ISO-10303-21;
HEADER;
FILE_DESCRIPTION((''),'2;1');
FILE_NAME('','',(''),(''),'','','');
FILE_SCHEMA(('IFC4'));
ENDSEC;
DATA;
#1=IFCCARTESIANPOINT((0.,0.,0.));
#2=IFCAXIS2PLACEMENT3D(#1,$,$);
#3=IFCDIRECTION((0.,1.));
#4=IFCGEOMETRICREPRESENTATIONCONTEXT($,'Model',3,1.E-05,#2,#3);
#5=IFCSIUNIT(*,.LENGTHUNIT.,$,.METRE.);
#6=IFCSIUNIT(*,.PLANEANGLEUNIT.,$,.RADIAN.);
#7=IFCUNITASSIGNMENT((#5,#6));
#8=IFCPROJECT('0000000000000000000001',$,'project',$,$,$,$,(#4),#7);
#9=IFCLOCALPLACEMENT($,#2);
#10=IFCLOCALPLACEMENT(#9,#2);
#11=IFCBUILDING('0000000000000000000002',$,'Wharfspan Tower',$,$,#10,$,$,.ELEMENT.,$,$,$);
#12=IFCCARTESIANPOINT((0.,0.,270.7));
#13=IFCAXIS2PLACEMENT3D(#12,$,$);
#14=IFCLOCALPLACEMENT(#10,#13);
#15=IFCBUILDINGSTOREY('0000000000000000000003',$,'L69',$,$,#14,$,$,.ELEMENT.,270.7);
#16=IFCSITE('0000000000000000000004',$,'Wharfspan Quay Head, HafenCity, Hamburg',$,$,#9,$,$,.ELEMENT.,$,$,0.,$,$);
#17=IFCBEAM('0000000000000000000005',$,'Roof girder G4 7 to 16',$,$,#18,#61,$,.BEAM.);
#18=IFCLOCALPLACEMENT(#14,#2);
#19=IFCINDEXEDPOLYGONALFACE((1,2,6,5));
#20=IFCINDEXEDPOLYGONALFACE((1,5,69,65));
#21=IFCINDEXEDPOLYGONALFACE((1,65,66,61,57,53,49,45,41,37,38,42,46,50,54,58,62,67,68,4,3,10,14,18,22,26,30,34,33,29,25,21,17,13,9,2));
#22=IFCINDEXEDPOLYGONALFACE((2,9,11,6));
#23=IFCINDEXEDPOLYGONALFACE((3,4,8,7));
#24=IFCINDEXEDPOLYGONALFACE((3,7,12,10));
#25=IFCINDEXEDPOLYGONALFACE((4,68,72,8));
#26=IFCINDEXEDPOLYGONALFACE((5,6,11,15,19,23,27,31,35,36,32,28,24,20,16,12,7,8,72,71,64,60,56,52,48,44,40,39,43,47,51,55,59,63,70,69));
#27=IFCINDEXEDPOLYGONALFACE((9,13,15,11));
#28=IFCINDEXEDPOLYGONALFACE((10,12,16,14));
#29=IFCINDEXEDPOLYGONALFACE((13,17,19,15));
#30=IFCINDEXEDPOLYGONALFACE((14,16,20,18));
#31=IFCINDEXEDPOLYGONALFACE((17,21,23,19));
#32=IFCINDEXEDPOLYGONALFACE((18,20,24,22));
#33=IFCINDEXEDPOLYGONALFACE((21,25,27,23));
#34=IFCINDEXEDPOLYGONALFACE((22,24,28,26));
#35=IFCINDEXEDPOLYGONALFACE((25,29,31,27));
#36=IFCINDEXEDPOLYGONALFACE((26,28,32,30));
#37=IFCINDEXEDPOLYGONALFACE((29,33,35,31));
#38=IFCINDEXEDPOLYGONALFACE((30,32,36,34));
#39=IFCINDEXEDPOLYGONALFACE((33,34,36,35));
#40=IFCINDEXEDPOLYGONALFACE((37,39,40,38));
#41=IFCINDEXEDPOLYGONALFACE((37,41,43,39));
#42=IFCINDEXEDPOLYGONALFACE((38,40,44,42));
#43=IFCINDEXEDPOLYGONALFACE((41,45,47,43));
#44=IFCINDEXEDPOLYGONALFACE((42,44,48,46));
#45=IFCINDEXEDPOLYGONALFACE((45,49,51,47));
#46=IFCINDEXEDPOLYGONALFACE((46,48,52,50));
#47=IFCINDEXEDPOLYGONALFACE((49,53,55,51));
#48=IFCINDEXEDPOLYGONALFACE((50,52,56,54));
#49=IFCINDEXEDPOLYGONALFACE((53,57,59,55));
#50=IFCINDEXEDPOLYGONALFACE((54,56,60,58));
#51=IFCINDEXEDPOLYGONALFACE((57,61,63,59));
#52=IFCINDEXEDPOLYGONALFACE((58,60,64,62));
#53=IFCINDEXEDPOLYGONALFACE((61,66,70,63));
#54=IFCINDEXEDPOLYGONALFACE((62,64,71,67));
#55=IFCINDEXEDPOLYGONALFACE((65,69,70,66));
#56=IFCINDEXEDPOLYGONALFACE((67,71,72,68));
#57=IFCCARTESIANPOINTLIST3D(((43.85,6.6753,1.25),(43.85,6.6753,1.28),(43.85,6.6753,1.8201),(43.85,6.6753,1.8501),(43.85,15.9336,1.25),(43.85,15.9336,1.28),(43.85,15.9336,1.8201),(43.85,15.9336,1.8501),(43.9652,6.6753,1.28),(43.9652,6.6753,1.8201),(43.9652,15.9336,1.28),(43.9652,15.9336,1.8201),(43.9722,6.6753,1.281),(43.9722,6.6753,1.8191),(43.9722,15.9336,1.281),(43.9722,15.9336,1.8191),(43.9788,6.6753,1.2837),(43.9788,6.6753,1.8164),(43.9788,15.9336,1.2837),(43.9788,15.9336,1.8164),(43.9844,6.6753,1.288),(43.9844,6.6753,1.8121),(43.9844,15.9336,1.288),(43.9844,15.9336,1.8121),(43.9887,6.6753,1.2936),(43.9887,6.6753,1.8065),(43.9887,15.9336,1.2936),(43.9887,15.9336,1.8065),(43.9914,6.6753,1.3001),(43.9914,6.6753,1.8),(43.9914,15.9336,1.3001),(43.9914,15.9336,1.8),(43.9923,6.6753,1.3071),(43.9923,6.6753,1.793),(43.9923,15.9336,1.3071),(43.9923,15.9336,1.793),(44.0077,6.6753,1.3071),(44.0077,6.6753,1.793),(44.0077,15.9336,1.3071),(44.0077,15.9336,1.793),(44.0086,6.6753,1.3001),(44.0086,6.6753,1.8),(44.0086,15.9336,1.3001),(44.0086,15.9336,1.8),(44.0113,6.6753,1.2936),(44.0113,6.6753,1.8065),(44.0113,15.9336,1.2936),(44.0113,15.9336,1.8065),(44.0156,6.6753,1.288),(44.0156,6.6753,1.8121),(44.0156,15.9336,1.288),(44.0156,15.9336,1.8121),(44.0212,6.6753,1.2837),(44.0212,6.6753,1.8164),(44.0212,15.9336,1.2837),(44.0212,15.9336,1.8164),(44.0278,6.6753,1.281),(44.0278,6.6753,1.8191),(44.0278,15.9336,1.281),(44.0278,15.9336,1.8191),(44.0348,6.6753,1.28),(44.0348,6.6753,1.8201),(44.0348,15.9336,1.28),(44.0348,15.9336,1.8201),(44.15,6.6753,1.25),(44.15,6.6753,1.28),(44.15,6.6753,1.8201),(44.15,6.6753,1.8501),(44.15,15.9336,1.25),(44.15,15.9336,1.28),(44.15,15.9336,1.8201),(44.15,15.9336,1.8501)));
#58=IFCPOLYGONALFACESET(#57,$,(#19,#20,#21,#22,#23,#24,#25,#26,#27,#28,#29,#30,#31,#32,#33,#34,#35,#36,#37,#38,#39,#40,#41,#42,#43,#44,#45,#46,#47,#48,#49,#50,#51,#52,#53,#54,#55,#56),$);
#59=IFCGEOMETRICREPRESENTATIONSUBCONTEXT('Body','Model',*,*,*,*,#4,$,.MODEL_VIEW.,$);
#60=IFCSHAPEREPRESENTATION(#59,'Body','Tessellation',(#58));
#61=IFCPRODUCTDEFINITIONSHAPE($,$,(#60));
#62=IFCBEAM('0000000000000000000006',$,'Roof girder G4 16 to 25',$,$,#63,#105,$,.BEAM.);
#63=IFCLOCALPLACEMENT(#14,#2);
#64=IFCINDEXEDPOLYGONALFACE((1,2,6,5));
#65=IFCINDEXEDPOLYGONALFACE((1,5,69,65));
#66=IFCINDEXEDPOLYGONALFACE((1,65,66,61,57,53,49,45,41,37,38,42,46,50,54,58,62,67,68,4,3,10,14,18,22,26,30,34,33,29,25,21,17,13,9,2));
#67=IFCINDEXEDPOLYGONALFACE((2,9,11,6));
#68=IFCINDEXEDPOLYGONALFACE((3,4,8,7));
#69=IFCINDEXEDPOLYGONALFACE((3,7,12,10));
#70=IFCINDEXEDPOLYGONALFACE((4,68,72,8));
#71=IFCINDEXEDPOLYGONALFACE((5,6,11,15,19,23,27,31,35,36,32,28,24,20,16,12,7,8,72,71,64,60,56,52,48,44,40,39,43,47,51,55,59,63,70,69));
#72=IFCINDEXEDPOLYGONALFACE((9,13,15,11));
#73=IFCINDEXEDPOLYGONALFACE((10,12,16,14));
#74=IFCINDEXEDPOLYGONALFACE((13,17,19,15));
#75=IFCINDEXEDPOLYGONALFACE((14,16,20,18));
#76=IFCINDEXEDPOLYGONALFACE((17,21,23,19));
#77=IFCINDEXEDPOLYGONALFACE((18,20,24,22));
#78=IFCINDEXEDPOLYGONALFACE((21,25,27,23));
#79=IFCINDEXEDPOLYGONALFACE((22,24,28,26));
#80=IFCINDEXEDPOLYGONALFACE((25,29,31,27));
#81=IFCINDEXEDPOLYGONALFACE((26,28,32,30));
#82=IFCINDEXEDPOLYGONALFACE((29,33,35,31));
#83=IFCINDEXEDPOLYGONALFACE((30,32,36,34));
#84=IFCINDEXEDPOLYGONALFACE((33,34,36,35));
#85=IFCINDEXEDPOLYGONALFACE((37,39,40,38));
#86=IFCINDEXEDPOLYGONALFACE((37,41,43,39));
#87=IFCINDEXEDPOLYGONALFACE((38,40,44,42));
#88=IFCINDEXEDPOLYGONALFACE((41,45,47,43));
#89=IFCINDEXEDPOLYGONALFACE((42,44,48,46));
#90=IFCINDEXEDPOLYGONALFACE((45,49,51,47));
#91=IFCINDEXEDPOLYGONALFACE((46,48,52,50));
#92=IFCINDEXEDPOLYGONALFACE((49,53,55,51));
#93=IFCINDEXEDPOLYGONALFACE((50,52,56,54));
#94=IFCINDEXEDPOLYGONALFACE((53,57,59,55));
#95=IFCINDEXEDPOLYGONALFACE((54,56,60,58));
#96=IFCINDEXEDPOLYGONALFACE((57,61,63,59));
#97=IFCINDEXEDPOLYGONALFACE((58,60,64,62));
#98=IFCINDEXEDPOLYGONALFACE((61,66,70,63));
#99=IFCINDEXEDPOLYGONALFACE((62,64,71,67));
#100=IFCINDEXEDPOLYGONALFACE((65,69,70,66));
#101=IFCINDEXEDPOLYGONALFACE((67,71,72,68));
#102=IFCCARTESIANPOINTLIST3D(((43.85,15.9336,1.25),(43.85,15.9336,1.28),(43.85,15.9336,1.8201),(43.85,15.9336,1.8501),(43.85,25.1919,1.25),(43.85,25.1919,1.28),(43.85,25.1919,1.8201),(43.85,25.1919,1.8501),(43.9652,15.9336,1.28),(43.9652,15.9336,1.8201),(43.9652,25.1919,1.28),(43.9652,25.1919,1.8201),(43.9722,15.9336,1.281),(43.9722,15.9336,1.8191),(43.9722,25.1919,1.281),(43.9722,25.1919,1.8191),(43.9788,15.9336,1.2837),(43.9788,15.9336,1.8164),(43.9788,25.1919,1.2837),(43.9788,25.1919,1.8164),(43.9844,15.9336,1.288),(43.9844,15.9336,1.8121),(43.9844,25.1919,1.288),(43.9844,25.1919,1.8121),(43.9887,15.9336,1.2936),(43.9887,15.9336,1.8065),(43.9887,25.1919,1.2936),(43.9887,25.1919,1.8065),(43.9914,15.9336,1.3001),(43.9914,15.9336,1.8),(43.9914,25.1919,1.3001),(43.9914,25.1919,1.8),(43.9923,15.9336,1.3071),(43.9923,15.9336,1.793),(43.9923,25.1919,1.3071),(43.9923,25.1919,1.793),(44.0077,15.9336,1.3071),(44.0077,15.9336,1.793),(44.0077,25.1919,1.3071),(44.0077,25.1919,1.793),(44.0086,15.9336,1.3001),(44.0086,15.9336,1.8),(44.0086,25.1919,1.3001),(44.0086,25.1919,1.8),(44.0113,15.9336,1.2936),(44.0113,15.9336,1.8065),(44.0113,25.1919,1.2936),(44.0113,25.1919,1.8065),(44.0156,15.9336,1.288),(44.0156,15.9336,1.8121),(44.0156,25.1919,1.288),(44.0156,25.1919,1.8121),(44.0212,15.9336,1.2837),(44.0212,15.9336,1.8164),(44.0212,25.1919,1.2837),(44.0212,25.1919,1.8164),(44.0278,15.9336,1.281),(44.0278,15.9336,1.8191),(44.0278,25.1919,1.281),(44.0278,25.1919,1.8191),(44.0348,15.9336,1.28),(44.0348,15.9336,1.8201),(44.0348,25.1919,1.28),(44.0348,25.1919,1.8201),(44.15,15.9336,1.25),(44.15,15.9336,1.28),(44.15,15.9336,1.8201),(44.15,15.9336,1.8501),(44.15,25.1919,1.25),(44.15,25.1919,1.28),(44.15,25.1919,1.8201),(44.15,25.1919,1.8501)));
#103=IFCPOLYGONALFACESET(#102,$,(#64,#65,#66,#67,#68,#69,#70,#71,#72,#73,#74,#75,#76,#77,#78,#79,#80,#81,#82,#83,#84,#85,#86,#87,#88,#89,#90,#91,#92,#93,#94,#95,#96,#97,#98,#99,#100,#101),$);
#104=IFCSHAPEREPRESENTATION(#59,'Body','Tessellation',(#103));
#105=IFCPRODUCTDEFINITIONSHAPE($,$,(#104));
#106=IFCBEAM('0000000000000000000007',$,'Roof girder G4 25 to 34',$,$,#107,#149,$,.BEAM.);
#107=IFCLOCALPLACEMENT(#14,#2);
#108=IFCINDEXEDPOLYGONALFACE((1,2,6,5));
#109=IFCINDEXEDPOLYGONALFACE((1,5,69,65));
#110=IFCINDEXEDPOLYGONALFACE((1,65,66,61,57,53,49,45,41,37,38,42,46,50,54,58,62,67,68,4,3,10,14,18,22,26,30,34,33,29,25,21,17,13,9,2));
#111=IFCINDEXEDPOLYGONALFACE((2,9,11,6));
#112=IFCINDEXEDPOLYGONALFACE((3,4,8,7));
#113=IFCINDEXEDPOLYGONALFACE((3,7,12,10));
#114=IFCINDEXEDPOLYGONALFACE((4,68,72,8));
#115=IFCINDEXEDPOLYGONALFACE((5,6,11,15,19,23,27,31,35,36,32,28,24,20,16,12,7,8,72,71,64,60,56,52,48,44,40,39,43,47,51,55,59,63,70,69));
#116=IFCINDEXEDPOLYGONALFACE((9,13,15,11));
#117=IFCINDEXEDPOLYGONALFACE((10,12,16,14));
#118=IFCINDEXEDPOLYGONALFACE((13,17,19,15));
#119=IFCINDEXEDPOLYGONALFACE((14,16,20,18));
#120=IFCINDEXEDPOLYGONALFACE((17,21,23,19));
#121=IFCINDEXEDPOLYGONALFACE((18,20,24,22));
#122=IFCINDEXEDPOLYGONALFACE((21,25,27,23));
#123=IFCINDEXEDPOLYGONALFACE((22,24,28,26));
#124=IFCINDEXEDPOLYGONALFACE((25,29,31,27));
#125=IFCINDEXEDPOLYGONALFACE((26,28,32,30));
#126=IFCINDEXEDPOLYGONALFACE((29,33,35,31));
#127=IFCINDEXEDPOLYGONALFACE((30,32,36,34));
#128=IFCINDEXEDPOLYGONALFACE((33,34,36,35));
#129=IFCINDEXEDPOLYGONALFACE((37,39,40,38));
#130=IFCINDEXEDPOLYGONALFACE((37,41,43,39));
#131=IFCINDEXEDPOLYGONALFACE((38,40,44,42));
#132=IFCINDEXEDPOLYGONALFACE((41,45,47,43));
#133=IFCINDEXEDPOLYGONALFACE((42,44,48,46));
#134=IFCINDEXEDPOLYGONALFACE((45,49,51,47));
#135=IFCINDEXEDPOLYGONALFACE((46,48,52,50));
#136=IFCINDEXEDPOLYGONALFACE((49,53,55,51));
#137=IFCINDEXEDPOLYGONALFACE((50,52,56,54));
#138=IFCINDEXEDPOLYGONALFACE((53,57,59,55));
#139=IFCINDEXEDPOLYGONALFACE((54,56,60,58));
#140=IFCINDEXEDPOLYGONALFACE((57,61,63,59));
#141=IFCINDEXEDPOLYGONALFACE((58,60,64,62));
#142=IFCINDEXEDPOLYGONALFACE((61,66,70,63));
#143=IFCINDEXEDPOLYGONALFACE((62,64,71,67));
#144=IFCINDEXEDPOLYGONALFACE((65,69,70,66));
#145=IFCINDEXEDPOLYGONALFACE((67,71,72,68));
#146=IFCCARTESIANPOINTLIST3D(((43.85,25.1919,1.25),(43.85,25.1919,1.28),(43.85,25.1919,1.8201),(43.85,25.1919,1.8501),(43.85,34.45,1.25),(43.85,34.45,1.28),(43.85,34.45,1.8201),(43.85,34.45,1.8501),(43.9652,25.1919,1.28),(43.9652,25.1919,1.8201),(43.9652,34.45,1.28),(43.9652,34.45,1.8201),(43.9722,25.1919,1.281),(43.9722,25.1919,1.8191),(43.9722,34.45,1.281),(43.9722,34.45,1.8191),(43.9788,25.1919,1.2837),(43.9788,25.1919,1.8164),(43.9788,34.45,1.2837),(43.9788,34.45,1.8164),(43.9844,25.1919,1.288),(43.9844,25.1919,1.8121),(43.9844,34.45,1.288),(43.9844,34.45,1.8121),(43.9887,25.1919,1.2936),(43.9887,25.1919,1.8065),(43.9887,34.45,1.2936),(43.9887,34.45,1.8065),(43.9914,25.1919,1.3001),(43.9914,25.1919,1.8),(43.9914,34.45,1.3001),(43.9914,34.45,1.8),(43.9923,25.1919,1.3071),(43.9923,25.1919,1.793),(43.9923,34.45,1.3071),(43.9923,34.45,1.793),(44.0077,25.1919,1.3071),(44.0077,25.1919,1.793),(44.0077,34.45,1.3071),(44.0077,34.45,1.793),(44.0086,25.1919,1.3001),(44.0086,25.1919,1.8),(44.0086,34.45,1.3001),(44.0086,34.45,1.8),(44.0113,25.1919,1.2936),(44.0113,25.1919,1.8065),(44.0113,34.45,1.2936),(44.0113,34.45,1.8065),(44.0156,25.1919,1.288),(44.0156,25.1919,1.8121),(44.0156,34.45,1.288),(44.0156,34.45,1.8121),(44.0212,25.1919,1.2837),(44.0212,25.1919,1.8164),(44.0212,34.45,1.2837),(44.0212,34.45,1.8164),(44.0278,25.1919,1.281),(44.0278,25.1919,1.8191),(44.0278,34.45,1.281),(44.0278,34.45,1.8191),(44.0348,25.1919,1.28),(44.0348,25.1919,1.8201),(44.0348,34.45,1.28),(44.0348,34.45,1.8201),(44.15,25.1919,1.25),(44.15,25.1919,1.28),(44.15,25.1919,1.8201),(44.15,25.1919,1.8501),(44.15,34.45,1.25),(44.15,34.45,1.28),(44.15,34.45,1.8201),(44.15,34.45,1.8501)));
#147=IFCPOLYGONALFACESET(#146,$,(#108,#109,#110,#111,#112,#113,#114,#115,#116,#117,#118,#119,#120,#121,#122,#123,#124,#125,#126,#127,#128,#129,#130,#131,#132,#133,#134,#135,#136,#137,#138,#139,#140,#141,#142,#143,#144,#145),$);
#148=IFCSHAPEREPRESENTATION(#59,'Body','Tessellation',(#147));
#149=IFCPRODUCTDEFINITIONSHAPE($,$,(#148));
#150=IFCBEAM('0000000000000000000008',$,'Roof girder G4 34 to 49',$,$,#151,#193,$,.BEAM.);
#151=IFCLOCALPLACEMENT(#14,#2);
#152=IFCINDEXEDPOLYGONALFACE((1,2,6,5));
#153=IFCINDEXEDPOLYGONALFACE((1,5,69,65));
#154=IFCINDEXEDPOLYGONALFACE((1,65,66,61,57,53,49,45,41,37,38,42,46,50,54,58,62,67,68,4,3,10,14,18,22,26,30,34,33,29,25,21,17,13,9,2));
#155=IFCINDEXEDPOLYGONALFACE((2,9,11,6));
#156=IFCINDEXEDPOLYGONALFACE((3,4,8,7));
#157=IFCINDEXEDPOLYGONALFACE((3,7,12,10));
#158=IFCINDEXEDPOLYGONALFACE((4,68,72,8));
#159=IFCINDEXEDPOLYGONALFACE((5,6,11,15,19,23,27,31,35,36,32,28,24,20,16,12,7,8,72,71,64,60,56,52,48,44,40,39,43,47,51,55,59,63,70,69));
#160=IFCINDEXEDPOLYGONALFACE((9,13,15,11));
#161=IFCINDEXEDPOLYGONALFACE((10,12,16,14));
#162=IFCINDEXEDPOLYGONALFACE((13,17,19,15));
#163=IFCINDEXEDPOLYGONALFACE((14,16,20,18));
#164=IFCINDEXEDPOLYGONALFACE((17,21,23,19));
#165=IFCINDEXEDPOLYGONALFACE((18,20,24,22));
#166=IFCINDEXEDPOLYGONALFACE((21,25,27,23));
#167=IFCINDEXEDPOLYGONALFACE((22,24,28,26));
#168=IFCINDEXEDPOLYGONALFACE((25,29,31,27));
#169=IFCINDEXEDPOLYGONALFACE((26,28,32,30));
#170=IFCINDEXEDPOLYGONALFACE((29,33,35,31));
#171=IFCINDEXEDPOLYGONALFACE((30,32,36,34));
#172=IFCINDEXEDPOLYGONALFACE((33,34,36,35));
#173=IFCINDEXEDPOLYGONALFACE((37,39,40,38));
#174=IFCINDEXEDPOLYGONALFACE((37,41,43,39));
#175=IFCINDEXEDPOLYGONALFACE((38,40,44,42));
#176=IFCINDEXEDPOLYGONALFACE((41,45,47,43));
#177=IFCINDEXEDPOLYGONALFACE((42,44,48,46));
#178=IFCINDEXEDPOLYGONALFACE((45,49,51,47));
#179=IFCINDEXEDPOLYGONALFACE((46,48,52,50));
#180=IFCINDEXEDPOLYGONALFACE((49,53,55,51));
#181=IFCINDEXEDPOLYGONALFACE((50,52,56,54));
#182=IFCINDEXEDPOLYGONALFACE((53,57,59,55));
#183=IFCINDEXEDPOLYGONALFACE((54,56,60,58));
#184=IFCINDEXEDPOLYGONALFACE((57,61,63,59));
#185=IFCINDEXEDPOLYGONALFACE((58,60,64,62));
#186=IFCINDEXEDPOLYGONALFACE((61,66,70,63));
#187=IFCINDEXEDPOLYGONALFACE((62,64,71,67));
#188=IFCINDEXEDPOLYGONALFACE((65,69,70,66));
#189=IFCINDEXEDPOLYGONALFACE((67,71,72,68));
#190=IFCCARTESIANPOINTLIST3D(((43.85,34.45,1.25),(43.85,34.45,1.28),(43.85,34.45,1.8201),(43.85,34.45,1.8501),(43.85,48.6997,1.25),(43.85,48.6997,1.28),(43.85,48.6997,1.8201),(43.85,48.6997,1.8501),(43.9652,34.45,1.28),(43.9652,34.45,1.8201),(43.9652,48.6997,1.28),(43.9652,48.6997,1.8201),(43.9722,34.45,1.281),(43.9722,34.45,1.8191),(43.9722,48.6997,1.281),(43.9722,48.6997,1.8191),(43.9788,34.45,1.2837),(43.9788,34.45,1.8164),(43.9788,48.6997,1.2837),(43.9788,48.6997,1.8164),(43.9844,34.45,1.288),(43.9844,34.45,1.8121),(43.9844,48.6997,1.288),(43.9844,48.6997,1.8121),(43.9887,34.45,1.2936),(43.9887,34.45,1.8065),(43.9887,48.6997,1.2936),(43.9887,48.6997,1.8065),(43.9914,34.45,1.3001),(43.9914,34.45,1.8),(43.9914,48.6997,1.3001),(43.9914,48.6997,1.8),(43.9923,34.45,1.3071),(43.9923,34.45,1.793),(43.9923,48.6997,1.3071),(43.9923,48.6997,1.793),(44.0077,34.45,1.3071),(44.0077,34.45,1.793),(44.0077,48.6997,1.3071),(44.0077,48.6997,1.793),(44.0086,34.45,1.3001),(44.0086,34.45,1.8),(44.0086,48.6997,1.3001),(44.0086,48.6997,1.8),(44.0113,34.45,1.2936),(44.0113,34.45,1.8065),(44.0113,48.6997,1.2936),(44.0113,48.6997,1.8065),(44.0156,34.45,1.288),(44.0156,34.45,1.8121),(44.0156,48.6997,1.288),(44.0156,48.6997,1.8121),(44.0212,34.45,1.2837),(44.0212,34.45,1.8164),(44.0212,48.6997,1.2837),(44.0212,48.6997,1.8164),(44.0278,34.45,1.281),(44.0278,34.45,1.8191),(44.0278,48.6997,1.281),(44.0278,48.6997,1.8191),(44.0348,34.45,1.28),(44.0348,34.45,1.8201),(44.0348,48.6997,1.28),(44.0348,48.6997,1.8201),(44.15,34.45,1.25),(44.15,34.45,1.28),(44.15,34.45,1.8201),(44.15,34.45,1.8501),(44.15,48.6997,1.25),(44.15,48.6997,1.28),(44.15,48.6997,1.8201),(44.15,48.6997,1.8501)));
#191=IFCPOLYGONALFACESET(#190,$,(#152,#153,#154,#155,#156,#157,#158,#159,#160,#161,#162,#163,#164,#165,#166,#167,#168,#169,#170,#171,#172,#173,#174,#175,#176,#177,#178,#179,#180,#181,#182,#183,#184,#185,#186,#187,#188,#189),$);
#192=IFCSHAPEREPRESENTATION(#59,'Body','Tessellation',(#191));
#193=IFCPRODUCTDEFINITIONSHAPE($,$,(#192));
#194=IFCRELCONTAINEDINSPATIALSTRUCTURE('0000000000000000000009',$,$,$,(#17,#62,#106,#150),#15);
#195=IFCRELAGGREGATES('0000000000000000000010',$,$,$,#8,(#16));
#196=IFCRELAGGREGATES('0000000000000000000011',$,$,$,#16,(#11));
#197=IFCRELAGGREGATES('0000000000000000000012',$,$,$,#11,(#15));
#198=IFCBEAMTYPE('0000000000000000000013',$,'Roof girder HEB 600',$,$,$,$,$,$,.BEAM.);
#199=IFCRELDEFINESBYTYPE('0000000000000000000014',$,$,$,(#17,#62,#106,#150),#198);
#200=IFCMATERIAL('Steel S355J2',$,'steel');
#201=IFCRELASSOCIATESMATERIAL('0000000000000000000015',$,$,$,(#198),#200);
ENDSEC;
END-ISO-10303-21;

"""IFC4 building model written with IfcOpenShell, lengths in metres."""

from ifc_helpers import new_model, si_unit, direction, frame, origin, origin_2d, place, context, subcontext, project, spatial, i_section, extrude, material, material_profile, profile_set, type_object, element, save


model = new_model("IFC4")

# Units and contexts
model_context = context("Model", 3, precision=1e-05, world=origin(), true_north=direction((0.0, 1.0)))
body_context = subcontext(model_context, "Body", "Model", "MODEL_VIEW")
ifc_project = project(units=[si_unit("LENGTHUNIT", "METRE"), si_unit("PLANEANGLEUNIT", "RADIAN")], contexts=[model_context])

# Site, building, storey
site_placement = place(None, origin())
site = spatial("IfcSite", under=ifc_project, at=site_placement, Name="Wharfspan Quay Head, HafenCity, Hamburg", CompositionType="ELEMENT", RefElevation=0.0)
building_placement = place(site_placement, origin())
building = spatial("IfcBuilding", under=site, at=building_placement, Name="Wharfspan Tower", CompositionType="ELEMENT")
storey_placement = place(building_placement, frame((0.0, 0.0, 270.7)))
storey = spatial("IfcBuildingStorey", under=building, at=storey_placement, Name="L69", CompositionType="ELEMENT", Elevation=270.7)

# Beams
ifc_material_1 = material(Name="Steel S355J2", Category="steel")
ifc_material_profile_1 = material_profile(ifc_material_1, i_section(OverallWidth=0.3, OverallDepth=0.6001, WebThickness=0.0154, FlangeThickness=0.03, FilletRadius=0.0271, at=origin_2d()))
ifc_profile_set_1 = profile_set([ifc_material_profile_1], Name="Steel S355J2")
beam_type = type_object("IfcBeamType", Name="Roof girder HEB 600", PredefinedType="BEAM", material=ifc_profile_set_1)
for number, where, z_axis, x_axis, name in (
    (1, (44.0, 6.6753, 1.55), (0.0, 1.0, 0.0), (-1.0, 0.0, 0.0), "Roof girder G4 7 to 16"),
    (2, (44.0, 15.9336, 1.55), (0.0, 1.0, 0.0), (-1.0, 0.0, 0.0), "Roof girder G4 16 to 25"),
):
    element("IfcBeam", number, at=place(storey_placement, frame(where, z_axis=z_axis, x_axis=x_axis)), inside=storey, type_object=beam_type, Name=name, PredefinedType="BEAM", context=body_context, shape_type="SweptSolid", body=[
        extrude(i_section(OverallWidth=0.3, OverallDepth=0.6001, WebThickness=0.0154, FlangeThickness=0.03, FilletRadius=0.0271, at=origin_2d()), origin(), (0.0, 0.0, 1.0), 9.2583),
    ])
beam_1_placement = place(storey_placement, frame((44.0, 25.1919, 1.55), z_axis=(0.0, 1.0, 0.0), x_axis=(-1.0, 0.0, 0.0)))
element("IfcBeam", 3, at=beam_1_placement, inside=storey, type_object=beam_type, Name="Roof girder G4 25 to 34", PredefinedType="BEAM", context=body_context, shape_type="SweptSolid", body=[
    extrude(i_section(OverallWidth=0.3, OverallDepth=0.6001, WebThickness=0.0154, FlangeThickness=0.03, FilletRadius=0.0271, at=origin_2d()), origin(), (0.0, 0.0, 1.0), 9.2581),
])
beam_2_placement = place(storey_placement, frame((44.0, 34.45, 1.55), z_axis=(0.0, 1.0, 0.0), x_axis=(-1.0, 0.0, 0.0)))
element("IfcBeam", 4, at=beam_2_placement, inside=storey, type_object=beam_type, Name="Roof girder G4 34 to 49", PredefinedType="BEAM", context=body_context, shape_type="SweptSolid", body=[
    extrude(i_section(OverallWidth=0.3, OverallDepth=0.6001, WebThickness=0.0154, FlangeThickness=0.03, FilletRadius=0.0271, at=origin_2d()), origin(), (0.0, 0.0, 1.0), 14.2498),
])

save(model, "model.ifc")
